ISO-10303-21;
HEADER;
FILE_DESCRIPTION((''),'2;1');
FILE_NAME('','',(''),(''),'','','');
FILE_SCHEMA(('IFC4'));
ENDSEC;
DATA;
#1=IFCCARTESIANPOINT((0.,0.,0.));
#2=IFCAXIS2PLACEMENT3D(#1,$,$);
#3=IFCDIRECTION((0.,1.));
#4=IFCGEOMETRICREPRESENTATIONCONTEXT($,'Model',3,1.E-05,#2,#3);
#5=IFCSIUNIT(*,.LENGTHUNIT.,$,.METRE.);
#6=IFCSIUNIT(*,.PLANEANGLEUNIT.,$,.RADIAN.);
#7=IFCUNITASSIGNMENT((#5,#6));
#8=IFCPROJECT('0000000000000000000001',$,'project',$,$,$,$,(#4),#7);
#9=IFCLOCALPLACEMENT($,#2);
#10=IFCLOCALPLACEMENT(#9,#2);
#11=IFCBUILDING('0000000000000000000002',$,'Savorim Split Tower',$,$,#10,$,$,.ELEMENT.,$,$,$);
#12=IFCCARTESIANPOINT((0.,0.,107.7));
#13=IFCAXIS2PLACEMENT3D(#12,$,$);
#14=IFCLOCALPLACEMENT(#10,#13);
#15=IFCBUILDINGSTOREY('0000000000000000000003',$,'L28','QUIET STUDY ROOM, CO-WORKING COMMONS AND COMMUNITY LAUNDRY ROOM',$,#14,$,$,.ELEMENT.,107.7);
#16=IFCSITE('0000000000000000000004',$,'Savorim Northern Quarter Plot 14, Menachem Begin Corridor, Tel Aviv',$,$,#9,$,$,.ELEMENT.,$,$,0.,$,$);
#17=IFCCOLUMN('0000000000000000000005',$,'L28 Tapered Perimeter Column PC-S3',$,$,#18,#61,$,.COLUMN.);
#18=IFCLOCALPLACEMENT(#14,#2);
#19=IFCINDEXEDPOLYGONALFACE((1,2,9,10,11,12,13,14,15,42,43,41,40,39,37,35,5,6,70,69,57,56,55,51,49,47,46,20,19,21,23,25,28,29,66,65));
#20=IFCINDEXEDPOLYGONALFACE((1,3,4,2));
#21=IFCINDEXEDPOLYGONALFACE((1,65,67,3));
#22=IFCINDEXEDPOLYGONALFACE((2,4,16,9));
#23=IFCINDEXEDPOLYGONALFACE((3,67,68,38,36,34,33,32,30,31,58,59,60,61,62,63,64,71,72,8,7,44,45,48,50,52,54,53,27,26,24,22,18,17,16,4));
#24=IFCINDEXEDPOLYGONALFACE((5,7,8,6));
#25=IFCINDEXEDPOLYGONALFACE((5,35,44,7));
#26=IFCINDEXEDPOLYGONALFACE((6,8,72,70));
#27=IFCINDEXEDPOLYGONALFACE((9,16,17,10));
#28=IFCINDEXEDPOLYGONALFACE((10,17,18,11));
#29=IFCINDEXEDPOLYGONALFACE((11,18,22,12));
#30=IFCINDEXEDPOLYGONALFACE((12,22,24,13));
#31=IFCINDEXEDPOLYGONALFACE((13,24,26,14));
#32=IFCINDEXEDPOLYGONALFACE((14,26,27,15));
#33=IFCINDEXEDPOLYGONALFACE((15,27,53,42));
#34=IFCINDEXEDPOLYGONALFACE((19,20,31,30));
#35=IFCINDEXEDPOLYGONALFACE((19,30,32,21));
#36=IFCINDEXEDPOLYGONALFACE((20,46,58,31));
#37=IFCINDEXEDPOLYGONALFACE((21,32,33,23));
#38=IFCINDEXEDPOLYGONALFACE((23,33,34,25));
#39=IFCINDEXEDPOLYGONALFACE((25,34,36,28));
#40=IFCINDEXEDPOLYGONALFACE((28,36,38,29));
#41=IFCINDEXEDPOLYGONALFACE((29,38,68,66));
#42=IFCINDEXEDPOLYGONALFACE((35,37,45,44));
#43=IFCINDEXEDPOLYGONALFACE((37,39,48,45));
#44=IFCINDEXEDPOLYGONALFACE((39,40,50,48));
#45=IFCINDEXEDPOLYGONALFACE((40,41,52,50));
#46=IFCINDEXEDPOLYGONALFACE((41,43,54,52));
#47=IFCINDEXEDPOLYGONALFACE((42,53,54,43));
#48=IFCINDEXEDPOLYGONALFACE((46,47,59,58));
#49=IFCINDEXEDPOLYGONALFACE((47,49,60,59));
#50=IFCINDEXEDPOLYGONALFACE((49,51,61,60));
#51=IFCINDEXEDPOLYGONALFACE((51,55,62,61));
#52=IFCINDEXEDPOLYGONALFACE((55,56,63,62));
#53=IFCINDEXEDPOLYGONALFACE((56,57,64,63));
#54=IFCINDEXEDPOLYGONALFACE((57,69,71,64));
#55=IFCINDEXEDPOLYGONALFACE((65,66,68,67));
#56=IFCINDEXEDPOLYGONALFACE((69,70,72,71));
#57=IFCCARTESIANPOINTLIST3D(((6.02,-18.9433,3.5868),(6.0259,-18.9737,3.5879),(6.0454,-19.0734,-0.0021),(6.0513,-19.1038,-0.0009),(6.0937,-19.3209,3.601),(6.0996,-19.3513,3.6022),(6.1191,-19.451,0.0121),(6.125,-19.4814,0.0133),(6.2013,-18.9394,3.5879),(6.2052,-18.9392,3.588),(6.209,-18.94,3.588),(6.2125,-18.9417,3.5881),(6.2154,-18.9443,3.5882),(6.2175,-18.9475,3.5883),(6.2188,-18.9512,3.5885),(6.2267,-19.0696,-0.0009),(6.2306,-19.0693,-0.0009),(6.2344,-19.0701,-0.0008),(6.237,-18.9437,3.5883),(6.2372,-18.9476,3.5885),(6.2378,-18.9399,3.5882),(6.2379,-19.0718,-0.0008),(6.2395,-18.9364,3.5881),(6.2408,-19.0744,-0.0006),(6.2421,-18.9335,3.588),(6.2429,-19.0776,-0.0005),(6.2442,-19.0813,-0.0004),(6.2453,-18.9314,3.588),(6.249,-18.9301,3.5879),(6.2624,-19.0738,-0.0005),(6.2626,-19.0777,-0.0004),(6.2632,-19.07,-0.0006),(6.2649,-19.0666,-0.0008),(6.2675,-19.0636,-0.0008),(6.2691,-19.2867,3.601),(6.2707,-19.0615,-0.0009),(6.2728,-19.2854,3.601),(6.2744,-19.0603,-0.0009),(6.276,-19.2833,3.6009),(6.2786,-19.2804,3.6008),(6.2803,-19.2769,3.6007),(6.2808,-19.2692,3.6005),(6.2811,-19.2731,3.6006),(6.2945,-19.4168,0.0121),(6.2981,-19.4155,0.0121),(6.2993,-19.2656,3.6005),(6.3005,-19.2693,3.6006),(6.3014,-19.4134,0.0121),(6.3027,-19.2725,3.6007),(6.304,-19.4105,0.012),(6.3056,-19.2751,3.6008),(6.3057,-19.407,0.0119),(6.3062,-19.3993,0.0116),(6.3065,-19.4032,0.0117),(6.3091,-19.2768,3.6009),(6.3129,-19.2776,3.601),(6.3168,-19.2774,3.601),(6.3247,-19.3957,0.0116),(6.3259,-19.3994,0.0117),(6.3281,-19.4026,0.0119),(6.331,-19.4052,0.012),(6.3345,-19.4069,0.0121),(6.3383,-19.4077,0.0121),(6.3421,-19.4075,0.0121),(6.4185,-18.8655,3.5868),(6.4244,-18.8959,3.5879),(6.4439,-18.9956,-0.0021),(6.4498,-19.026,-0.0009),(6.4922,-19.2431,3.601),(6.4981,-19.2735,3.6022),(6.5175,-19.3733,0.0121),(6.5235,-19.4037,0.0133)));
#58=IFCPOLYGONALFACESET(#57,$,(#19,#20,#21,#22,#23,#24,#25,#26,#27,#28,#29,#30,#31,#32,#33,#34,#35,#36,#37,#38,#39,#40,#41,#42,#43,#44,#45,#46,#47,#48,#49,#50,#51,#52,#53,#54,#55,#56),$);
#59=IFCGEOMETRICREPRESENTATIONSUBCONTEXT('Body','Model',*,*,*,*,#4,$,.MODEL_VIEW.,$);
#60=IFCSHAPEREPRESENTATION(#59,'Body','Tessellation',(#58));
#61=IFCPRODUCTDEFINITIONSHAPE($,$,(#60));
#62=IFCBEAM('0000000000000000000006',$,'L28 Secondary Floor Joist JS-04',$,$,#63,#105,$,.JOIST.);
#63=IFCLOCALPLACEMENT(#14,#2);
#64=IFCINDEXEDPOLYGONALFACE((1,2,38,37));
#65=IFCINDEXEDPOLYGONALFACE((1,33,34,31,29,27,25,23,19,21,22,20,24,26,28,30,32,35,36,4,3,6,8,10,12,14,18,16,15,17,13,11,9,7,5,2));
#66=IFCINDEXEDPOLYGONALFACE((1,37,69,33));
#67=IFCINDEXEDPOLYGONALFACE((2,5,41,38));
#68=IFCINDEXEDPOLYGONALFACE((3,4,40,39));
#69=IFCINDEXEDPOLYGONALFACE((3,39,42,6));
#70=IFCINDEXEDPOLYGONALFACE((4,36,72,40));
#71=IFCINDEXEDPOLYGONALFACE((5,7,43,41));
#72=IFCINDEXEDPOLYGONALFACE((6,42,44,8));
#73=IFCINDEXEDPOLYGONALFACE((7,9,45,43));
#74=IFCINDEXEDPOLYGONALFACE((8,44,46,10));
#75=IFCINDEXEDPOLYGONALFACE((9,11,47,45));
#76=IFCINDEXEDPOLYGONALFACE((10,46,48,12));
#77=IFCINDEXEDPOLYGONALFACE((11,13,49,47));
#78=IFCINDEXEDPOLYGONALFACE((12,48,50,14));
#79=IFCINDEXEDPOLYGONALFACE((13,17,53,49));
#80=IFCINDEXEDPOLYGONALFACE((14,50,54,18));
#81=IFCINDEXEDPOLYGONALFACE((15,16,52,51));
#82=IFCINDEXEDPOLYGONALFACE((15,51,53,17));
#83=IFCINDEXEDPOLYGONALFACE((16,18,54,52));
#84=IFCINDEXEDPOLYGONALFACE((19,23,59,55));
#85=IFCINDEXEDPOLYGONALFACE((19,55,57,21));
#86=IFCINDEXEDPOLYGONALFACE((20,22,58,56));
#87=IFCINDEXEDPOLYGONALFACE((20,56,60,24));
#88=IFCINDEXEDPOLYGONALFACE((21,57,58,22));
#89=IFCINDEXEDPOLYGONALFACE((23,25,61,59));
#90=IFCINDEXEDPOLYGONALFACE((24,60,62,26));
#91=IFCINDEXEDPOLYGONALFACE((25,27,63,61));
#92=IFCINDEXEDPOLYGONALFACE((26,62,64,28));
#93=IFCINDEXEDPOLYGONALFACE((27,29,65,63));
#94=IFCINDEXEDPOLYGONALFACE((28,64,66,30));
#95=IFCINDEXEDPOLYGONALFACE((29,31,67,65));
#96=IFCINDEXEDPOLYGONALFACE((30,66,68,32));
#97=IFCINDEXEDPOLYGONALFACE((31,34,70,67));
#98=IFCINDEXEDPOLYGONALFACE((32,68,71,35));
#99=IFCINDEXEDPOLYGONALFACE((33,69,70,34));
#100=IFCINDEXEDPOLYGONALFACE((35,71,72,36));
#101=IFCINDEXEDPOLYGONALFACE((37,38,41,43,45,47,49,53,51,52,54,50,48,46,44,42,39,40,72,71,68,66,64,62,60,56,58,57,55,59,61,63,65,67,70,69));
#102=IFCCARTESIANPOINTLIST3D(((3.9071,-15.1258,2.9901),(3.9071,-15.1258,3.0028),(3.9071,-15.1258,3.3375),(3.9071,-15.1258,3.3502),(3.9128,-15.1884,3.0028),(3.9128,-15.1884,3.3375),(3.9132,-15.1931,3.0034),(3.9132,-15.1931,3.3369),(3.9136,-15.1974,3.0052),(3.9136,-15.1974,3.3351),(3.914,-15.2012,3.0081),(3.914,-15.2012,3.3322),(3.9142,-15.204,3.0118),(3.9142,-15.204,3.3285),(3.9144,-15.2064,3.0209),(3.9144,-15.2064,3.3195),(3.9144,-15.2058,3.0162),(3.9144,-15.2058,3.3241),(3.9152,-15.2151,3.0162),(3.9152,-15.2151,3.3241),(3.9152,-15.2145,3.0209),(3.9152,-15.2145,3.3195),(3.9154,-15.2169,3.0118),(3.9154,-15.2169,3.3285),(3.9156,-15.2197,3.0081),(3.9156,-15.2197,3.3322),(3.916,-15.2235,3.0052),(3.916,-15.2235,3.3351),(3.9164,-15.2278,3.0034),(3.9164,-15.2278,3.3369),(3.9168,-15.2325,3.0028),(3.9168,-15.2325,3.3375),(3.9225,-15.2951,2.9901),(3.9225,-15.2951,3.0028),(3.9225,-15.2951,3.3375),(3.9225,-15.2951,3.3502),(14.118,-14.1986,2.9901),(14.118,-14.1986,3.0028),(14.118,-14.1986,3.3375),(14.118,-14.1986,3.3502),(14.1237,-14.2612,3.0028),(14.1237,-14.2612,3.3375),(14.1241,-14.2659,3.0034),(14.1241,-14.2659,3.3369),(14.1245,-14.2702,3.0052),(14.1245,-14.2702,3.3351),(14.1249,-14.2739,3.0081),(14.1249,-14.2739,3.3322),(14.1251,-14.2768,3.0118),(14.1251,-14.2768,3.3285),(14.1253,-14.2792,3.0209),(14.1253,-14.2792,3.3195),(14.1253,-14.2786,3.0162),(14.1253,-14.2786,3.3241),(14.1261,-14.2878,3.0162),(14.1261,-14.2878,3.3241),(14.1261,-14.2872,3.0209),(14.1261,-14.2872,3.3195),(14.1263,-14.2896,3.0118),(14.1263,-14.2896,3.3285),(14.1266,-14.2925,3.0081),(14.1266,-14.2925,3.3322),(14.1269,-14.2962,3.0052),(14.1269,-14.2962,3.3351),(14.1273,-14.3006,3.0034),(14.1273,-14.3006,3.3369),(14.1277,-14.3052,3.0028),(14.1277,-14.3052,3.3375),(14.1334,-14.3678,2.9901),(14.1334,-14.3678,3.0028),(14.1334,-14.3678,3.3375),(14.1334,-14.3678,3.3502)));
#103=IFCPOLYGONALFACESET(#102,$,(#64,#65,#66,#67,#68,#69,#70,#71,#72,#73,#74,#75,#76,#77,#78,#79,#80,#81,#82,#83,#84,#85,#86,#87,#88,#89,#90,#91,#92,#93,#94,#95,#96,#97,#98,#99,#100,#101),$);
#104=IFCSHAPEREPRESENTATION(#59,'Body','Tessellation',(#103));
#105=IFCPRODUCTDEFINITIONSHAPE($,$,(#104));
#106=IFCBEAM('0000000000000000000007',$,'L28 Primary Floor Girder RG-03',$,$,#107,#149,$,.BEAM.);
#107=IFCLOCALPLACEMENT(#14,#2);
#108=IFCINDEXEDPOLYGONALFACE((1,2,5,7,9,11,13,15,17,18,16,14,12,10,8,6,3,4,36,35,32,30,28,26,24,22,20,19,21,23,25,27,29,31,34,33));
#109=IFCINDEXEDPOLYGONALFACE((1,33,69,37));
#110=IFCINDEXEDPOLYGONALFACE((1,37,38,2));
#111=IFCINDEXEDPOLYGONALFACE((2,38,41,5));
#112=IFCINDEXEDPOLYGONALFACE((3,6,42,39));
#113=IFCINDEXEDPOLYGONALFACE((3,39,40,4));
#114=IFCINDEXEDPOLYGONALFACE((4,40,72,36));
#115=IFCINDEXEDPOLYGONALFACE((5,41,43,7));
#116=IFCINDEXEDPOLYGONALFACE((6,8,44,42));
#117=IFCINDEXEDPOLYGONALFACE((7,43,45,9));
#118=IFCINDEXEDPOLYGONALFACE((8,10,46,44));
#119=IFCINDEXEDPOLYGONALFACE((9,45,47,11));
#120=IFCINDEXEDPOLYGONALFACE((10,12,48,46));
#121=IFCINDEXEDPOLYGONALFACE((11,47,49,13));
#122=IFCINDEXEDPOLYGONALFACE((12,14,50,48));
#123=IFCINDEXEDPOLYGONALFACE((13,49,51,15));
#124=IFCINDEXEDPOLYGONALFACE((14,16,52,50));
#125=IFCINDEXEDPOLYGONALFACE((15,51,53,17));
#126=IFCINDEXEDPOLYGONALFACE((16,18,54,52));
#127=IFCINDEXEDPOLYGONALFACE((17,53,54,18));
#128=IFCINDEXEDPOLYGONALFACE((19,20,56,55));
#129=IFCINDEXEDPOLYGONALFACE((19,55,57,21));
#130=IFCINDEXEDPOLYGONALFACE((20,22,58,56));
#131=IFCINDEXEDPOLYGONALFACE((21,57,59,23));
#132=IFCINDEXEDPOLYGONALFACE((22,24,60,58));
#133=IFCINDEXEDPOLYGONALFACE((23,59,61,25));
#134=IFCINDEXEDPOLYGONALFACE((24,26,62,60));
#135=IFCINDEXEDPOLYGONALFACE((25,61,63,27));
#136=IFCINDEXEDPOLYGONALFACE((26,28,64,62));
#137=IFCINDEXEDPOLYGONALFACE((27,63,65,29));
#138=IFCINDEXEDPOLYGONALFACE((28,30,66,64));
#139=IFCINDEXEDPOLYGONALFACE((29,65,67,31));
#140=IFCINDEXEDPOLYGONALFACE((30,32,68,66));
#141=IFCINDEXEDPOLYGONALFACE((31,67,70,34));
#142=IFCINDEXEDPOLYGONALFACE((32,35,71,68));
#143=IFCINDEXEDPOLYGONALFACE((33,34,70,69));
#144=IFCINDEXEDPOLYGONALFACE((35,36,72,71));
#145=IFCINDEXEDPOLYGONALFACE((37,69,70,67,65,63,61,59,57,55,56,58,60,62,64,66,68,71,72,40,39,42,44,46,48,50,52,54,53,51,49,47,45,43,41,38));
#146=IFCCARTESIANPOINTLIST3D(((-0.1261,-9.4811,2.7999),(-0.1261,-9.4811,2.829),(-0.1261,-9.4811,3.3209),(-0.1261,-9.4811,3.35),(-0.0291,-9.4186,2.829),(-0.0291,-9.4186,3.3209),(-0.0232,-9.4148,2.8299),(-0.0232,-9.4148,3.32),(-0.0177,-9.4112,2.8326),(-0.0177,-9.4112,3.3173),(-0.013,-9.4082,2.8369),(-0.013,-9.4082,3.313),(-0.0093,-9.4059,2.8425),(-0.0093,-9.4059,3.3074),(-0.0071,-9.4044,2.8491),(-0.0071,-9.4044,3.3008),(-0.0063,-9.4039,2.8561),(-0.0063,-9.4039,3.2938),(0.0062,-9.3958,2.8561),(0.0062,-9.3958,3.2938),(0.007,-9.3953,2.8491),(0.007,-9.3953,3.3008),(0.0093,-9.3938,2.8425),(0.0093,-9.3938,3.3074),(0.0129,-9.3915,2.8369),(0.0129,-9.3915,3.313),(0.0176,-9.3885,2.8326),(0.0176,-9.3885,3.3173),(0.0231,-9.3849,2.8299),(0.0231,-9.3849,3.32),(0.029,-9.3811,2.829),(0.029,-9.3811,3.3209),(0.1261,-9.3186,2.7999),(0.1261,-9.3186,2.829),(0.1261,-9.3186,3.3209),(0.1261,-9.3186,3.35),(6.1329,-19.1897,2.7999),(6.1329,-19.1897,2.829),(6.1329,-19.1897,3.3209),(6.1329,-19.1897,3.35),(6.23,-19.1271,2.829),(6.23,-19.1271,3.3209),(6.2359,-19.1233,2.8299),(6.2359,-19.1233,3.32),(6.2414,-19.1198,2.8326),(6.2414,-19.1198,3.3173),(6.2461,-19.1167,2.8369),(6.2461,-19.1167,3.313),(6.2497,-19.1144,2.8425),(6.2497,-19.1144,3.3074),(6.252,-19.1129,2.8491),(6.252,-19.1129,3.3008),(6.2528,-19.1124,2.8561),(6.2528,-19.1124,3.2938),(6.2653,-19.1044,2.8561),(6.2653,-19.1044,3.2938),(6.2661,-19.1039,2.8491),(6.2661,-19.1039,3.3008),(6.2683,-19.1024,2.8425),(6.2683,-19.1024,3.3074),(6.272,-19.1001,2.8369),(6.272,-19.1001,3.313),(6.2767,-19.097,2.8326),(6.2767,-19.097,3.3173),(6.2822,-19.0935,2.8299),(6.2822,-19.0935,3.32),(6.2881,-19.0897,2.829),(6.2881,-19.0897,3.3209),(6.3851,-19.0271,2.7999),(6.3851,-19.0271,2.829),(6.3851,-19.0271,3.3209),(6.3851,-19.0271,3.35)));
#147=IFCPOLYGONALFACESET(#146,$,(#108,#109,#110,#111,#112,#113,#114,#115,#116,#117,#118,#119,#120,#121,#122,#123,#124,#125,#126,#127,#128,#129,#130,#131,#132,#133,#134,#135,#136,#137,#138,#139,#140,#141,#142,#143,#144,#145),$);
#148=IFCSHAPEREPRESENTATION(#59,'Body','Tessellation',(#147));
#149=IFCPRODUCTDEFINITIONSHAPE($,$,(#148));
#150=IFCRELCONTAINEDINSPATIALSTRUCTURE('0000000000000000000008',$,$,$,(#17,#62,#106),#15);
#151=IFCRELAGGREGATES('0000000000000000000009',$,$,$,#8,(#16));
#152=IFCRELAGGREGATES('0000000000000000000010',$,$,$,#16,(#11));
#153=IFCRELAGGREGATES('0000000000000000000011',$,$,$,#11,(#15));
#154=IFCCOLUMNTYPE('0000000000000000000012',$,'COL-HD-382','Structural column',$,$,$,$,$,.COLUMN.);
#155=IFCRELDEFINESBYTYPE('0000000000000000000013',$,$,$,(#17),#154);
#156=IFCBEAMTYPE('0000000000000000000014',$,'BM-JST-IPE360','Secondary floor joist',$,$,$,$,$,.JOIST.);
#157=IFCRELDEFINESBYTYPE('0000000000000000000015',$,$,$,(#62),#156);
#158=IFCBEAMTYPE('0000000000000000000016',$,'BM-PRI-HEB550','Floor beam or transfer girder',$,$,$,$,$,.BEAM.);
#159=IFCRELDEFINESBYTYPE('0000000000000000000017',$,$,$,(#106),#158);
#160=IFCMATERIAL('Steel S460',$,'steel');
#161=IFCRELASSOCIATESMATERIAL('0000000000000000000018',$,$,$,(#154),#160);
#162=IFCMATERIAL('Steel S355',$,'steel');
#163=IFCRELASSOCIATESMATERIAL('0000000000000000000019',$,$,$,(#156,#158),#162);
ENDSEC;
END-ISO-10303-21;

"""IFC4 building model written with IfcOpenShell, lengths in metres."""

from ifc_helpers import new_model, si_unit, direction, frame, origin, origin_2d, place, context, subcontext, project, spatial, i_section, extrude, material, material_profile, profile_set, type_object, element, save


model = new_model("IFC4")

# Units and contexts
model_context = context("Model", 3, precision=1e-05, world=origin(), true_north=direction((0.0, 1.0)))
body_context = subcontext(model_context, "Body", "Model", "MODEL_VIEW")
ifc_project = project(units=[si_unit("LENGTHUNIT", "METRE"), si_unit("PLANEANGLEUNIT", "RADIAN")], contexts=[model_context])

# Site, building, storey
site_placement = place(None, origin())
site = spatial("IfcSite", under=ifc_project, at=site_placement, Name="Savorim Northern Quarter Plot 14, Menachem Begin Corridor, Tel Aviv", CompositionType="ELEMENT", RefElevation=0.0)
building_placement = place(site_placement, origin())
building = spatial("IfcBuilding", under=site, at=building_placement, Name="Savorim Split Tower", CompositionType="ELEMENT")
storey_placement = place(building_placement, frame((0.0, 0.0, 107.7)))
storey = spatial("IfcBuildingStorey", under=building, at=storey_placement, Name="L28", Description="QUIET STUDY ROOM, CO-WORKING COMMONS AND COMMUNITY LAUNDRY ROOM", CompositionType="ELEMENT", Elevation=107.7)

# Column
ifc_material_1 = material(Name="Steel S460", Category="steel")
ifc_material_profile_1 = material_profile(ifc_material_1, i_section(OverallWidth=0.406, OverallDepth=0.416, WebThickness=0.0188, FlangeThickness=0.031, FilletRadius=0.0149, at=origin_2d()), Name="HD 400x382")
ifc_profile_set_1 = profile_set([ifc_material_profile_1], Name="Steel S460")
column_type = type_object("IfcColumnType", Name="COL-HD-382", Description="Structural column", PredefinedType="COLUMN", material=ifc_profile_set_1)
column_placement = place(storey_placement, frame((6.2844, -19.2385, 0.0056), z_axis=(-0.00707, 0.036234, 0.999318), x_axis=(-0.981491, -0.19151, 0.0)))
element("IfcColumn", 1, at=column_placement, inside=storey, type_object=column_type, Name="L28 Tapered Perimeter Column PC-S3", PredefinedType="COLUMN", context=body_context, shape_type="SweptSolid", body=[
    extrude(i_section(OverallWidth=0.406, OverallDepth=0.416, WebThickness=0.0188, FlangeThickness=0.031, FilletRadius=0.0149, at=origin_2d()), origin(), (0.0, 0.0, 1.0), 3.5913),
])

# Beams
ifc_material_2 = material(Name="Steel S355", Category="steel")
ifc_material_profile_2 = material_profile(ifc_material_2, i_section(OverallWidth=0.1699, OverallDepth=0.3601, WebThickness=0.0081, FlangeThickness=0.0127, FilletRadius=0.0181, at=origin_2d()), Name="IPE 360")
ifc_profile_set_2 = profile_set([ifc_material_profile_2], Name="Steel S355")
beam_type_1 = type_object("IfcBeamType", Name="BM-JST-IPE360", Description="Secondary floor joist", PredefinedType="JOIST", material=ifc_profile_set_2)
beam_1_placement = place(storey_placement, frame((3.9148, -15.2104, 3.1702), z_axis=(0.995902, 0.090437, 0.0), x_axis=(-0.090437, 0.995902, 0.0)))
element("IfcBeam", 2, at=beam_1_placement, inside=storey, type_object=beam_type_1, Name="L28 Secondary Floor Joist JS-04", PredefinedType="JOIST", context=body_context, shape_type="SweptSolid", body=[
    extrude(i_section(OverallWidth=0.1699, OverallDepth=0.3601, WebThickness=0.0081, FlangeThickness=0.0127, FilletRadius=0.0181, at=origin_2d()), origin(), (0.0, 0.0, 1.0), 10.2529),
])
ifc_material_profile_3 = material_profile(ifc_material_2, i_section(OverallWidth=0.3, OverallDepth=0.55, WebThickness=0.0149, FlangeThickness=0.0291, FilletRadius=0.0271, at=origin_2d()), Name="HEB 550")
ifc_profile_set_3 = profile_set([ifc_material_profile_3], Name="Steel S355")
beam_type_2 = type_object("IfcBeamType", Name="BM-PRI-HEB550", Description="Floor beam or transfer girder", PredefinedType="BEAM", material=ifc_profile_set_3)
beam_2_placement = place(storey_placement, frame((6.259, -19.1084, 3.075), z_axis=(-0.541851, 0.840475, 0.0), x_axis=(-0.840475, -0.541851, 0.0)))
element("IfcBeam", 3, at=beam_2_placement, inside=storey, type_object=beam_type_2, Name="L28 Primary Floor Girder RG-03", PredefinedType="BEAM", context=body_context, shape_type="SweptSolid", body=[
    extrude(i_section(OverallWidth=0.3, OverallDepth=0.55, WebThickness=0.0149, FlangeThickness=0.0291, FilletRadius=0.0271, at=origin_2d()), origin(), (0.0, 0.0, 1.0), 11.5513),
])

save(model, "model.ifc")
